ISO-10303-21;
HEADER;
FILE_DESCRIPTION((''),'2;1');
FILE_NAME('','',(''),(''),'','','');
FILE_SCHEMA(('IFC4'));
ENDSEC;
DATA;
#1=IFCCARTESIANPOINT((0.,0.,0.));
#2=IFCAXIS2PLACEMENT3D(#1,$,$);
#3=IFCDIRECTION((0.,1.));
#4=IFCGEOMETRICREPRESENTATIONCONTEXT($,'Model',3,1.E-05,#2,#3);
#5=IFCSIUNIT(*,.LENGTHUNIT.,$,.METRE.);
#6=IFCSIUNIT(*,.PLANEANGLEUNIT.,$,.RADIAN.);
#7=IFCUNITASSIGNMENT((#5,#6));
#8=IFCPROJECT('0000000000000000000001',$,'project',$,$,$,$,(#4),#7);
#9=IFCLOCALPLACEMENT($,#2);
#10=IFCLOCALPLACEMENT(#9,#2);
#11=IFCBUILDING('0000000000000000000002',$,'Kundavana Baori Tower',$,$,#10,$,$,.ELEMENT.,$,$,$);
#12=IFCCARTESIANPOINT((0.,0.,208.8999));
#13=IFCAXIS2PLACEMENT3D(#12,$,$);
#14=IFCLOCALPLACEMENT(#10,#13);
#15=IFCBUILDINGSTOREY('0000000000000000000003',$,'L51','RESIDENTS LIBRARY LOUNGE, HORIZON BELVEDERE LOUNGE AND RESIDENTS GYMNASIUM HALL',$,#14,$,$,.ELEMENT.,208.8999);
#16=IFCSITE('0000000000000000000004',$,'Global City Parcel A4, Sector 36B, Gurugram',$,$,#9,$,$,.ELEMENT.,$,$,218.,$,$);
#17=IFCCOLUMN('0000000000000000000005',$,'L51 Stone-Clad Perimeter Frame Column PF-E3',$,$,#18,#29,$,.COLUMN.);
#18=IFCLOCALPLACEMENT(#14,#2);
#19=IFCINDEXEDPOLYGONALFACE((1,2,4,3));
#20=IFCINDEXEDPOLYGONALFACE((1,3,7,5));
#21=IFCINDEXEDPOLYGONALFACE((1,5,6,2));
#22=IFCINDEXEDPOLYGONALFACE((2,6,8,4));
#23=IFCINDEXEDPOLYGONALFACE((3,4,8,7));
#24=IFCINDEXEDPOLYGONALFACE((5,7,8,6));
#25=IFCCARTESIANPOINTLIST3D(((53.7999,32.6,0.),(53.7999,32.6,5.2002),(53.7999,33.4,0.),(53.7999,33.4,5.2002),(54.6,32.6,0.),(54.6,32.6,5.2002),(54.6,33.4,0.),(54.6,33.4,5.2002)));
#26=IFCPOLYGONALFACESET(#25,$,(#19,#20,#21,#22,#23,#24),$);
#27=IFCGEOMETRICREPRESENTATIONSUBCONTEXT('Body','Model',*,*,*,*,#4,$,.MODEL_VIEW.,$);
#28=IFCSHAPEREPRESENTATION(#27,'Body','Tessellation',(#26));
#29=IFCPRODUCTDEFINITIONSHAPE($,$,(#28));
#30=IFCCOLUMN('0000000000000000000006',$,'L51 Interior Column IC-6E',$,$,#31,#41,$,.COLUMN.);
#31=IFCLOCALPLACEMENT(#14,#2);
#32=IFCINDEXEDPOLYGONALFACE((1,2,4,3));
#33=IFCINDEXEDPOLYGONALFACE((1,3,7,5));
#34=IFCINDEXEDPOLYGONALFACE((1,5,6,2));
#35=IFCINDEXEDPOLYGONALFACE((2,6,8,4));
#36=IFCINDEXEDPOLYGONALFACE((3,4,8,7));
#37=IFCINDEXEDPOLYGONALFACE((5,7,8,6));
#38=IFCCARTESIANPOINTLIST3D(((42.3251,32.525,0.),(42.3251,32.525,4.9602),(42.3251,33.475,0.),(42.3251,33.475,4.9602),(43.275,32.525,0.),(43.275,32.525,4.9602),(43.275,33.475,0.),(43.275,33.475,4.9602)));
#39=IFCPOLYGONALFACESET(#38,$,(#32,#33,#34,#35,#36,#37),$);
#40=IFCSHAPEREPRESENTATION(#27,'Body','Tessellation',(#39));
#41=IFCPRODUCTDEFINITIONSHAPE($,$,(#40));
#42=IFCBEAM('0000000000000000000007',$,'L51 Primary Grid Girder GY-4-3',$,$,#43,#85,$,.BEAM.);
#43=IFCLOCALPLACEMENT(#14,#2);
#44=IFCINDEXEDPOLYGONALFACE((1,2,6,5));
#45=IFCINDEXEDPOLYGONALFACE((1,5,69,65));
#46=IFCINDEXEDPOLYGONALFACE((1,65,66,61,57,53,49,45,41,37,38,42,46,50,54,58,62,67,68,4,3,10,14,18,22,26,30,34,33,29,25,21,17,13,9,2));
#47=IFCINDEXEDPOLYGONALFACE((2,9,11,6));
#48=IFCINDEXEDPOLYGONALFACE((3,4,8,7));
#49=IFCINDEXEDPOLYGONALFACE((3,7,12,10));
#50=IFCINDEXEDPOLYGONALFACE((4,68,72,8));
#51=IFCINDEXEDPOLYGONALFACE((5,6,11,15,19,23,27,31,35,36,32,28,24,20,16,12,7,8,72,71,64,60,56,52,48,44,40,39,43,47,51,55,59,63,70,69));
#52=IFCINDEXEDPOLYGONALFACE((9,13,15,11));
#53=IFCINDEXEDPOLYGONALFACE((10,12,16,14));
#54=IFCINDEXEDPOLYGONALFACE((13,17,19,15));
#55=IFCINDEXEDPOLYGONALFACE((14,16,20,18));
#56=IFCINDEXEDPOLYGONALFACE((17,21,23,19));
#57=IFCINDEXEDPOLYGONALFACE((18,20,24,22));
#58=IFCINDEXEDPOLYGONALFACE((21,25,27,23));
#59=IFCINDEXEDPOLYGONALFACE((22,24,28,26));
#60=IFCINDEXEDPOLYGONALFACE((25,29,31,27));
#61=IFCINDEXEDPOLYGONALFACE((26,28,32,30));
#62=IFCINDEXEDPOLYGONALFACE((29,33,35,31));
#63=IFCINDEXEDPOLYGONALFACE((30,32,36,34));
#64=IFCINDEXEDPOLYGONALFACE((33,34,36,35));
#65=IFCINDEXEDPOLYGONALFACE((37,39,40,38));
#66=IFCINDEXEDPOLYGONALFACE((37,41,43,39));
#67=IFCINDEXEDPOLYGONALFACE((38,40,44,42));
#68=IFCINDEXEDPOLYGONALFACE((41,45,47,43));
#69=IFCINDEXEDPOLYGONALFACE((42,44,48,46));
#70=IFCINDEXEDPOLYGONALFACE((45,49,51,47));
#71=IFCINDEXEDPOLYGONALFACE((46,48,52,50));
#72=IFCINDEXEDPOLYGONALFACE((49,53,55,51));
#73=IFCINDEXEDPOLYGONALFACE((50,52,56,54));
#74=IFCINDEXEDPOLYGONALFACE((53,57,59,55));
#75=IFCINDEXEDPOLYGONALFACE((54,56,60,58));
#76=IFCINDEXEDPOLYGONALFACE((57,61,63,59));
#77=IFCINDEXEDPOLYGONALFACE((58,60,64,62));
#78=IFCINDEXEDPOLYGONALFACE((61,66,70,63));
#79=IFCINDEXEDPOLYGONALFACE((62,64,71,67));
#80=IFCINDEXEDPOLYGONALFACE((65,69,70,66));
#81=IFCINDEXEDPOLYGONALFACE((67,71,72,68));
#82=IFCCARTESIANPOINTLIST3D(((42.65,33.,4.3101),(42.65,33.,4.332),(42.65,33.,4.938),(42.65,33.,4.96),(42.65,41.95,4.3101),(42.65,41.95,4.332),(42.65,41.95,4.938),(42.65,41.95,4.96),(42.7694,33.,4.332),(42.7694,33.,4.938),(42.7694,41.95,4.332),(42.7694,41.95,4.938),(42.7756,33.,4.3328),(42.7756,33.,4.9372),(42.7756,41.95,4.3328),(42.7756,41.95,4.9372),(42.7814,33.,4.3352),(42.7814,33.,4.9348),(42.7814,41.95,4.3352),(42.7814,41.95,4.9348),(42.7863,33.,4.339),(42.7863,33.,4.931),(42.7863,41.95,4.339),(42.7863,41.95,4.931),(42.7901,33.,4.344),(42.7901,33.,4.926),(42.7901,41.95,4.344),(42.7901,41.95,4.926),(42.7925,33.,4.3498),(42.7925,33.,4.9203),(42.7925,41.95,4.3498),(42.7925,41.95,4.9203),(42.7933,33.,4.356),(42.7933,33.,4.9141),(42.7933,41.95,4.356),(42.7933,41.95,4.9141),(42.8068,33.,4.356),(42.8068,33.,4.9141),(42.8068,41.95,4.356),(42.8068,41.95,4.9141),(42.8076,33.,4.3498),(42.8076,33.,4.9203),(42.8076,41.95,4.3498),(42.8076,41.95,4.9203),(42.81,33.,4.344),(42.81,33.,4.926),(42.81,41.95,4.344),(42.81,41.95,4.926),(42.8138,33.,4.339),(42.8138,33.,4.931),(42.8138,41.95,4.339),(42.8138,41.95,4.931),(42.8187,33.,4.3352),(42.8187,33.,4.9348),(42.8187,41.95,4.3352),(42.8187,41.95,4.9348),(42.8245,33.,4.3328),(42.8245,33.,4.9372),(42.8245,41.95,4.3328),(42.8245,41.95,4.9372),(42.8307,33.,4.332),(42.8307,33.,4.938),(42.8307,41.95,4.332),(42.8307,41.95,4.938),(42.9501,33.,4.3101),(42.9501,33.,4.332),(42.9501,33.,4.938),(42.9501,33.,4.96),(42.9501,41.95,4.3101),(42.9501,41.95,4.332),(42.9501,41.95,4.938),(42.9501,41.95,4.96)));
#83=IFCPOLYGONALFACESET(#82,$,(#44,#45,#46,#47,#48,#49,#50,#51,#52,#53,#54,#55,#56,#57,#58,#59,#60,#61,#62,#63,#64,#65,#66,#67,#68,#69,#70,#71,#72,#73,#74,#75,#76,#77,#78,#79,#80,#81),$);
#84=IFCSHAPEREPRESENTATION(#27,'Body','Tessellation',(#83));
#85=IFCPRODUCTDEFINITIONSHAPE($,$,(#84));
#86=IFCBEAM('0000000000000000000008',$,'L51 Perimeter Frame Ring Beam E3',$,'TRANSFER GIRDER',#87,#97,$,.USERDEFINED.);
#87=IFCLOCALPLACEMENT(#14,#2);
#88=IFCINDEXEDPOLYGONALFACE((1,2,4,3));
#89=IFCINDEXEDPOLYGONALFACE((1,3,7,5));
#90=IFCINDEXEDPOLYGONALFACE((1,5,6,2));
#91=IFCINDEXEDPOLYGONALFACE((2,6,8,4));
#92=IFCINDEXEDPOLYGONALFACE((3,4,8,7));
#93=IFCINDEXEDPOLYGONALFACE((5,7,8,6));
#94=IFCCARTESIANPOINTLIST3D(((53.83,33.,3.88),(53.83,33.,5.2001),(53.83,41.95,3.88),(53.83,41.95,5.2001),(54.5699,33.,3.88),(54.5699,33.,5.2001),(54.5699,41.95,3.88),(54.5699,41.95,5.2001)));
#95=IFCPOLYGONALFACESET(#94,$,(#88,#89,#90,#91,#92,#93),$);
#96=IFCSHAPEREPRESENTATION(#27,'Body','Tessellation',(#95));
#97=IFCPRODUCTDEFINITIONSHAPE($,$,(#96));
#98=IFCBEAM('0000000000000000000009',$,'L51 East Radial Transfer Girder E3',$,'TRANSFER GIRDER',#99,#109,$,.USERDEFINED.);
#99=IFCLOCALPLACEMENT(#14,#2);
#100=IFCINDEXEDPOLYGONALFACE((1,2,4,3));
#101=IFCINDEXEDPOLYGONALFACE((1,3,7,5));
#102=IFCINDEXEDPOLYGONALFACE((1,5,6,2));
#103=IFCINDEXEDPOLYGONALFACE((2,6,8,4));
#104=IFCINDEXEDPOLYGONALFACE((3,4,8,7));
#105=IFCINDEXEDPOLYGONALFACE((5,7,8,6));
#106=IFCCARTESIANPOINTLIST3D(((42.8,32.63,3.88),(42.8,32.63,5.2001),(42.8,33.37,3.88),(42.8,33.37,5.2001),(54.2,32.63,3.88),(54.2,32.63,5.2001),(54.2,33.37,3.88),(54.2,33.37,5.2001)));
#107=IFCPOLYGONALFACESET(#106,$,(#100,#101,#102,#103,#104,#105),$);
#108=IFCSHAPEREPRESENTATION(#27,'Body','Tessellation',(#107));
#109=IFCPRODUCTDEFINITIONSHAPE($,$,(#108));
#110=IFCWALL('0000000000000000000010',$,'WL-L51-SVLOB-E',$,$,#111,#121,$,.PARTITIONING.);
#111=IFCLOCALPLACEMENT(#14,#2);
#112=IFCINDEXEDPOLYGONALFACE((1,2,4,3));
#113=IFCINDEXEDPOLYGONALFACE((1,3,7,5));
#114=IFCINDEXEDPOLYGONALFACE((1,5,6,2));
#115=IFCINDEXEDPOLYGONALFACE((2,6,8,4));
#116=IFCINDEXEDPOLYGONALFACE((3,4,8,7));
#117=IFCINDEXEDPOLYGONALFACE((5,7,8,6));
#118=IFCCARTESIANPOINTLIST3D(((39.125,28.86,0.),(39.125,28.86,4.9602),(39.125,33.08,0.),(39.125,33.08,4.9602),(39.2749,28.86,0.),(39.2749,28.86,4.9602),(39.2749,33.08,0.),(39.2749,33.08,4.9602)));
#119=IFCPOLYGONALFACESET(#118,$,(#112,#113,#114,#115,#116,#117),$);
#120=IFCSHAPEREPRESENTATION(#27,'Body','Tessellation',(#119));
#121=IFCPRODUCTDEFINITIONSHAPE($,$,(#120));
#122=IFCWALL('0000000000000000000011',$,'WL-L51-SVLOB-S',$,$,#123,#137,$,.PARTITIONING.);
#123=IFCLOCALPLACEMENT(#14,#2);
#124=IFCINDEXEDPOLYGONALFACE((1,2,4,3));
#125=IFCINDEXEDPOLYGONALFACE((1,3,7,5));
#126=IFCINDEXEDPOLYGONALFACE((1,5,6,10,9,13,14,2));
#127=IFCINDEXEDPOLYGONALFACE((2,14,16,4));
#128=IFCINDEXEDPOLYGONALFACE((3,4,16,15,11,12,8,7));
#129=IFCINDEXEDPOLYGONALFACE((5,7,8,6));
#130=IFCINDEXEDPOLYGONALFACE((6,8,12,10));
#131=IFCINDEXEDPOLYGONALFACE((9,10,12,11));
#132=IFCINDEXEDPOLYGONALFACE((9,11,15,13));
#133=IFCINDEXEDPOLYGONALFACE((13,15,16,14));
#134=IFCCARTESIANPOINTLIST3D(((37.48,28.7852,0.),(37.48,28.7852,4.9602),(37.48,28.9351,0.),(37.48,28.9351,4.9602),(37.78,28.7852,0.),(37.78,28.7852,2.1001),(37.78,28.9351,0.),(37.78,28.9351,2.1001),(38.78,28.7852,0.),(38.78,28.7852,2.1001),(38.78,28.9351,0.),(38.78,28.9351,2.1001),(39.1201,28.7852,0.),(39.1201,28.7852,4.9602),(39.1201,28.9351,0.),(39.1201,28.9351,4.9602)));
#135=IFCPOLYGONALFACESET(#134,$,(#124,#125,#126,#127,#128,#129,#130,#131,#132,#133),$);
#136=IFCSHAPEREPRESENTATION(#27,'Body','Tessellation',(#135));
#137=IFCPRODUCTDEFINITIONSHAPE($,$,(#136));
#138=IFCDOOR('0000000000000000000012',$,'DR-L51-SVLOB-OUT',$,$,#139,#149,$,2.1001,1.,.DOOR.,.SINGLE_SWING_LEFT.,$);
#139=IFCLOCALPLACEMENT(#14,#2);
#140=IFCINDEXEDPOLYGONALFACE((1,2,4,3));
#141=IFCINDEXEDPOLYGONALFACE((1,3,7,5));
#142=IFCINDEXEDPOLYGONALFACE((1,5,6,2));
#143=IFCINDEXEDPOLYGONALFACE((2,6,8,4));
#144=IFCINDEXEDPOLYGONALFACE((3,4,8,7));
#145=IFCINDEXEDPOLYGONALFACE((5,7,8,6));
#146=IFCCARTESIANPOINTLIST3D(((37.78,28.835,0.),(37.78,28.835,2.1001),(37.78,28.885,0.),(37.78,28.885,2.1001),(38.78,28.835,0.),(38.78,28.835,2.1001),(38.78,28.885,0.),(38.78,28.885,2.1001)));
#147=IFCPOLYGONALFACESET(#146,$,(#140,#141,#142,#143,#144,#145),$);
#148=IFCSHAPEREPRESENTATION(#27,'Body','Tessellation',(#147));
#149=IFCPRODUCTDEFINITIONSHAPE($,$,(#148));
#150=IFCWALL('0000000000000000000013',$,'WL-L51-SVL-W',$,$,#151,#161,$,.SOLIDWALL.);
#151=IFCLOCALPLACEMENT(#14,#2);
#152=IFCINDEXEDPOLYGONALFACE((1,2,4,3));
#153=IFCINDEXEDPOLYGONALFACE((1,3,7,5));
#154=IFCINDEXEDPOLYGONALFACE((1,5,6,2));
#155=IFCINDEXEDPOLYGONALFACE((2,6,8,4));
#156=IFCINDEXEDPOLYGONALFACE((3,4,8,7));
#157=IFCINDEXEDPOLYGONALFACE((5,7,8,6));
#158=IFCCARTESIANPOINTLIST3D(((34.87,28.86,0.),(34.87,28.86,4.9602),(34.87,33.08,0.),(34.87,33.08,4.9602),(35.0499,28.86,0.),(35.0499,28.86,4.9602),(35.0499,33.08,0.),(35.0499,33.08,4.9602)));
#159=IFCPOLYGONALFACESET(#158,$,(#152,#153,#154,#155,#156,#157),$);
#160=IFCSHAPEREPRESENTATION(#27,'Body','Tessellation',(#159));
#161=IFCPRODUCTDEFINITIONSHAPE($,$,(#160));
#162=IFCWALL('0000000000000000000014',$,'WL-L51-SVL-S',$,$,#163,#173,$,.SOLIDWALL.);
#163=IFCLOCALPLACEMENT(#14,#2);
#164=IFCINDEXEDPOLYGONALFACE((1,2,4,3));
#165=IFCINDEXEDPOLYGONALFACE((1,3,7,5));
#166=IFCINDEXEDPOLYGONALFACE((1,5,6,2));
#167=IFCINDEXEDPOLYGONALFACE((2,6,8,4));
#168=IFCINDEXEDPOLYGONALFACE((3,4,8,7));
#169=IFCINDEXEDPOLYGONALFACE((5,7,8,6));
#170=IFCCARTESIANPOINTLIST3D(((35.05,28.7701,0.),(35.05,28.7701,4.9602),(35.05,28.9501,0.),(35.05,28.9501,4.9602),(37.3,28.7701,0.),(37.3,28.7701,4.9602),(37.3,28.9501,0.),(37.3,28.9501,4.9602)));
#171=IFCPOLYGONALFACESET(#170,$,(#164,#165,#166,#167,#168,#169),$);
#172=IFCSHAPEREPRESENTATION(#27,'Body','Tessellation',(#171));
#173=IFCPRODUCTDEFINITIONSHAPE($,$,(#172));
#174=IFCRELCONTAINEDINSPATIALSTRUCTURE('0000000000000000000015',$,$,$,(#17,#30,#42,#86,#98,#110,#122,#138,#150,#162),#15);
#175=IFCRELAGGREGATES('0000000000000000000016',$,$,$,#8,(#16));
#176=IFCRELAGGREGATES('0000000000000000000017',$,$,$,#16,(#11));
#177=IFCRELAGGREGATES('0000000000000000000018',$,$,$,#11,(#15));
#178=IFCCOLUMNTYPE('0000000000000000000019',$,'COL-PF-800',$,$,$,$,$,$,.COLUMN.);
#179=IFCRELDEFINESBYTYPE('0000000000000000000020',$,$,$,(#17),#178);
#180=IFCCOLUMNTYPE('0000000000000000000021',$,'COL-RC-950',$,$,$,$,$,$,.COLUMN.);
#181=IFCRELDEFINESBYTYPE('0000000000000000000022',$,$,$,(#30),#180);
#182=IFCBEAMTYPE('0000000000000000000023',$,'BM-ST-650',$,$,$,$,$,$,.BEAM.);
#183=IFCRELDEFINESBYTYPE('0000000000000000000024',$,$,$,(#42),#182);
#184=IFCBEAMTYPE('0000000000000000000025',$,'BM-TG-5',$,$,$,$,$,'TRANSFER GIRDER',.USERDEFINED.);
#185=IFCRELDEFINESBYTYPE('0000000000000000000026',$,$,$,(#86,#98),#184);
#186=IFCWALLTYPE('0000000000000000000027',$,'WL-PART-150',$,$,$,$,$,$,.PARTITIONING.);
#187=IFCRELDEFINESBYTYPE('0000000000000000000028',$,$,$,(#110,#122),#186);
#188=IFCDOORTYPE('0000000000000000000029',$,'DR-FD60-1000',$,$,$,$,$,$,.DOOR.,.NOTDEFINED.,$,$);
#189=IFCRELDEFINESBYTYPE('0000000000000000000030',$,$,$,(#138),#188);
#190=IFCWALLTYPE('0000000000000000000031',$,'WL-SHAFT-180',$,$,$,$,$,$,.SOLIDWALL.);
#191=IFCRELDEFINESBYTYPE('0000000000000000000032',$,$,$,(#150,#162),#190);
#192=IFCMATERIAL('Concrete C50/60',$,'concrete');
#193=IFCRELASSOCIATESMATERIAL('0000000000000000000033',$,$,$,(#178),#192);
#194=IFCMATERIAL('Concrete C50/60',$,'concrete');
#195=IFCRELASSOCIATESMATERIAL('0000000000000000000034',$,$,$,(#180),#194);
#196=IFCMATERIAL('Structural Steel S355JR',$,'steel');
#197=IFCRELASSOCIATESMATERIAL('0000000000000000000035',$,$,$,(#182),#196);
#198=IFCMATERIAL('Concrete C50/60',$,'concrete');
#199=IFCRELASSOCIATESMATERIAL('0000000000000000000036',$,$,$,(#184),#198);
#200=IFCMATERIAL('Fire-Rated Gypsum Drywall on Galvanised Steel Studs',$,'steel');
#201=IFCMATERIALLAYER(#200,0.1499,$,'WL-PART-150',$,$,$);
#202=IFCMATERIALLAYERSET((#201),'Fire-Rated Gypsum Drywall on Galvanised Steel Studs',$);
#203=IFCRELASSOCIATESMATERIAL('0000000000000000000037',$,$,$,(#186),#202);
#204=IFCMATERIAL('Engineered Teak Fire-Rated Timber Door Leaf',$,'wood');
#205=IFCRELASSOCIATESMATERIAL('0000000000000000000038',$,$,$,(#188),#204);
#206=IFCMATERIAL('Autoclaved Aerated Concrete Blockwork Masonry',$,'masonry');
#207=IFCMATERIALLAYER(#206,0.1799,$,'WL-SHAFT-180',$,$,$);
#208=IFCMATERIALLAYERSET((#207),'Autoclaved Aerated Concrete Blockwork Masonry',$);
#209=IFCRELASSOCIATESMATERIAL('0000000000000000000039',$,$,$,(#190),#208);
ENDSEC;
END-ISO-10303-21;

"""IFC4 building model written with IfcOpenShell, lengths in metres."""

from ifc_helpers import new_model, si_unit, direction, frame, frame_2d, origin, origin_2d, place, context, subcontext, project, spatial, rectangle, i_section, extrude, material, layer, layer_set, material_profile, profile_set, type_object, element, fill, save


model = new_model("IFC4")

# Units and contexts
model_context = context("Model", 3, precision=1e-05, world=origin(), true_north=direction((0.0, 1.0)))
body_context = subcontext(model_context, "Body", "Model", "MODEL_VIEW")
ifc_project = project(units=[si_unit("LENGTHUNIT", "METRE"), si_unit("PLANEANGLEUNIT", "RADIAN")], contexts=[model_context])

# Site, building, storey
site_placement = place(None, origin())
site = spatial("IfcSite", under=ifc_project, at=site_placement, Name="Global City Parcel A4, Sector 36B, Gurugram", CompositionType="ELEMENT", RefElevation=218.0)
building_placement = place(site_placement, origin())
building = spatial("IfcBuilding", under=site, at=building_placement, Name="Kundavana Baori Tower", CompositionType="ELEMENT")
storey_placement = place(building_placement, frame((0.0, 0.0, 208.8999)))
storey = spatial("IfcBuildingStorey", under=building, at=storey_placement, Name="L51", Description="RESIDENTS LIBRARY LOUNGE, HORIZON BELVEDERE LOUNGE AND RESIDENTS GYMNASIUM HALL", CompositionType="ELEMENT", Elevation=208.8999)

# Columns
ifc_material_1 = material(Name="Concrete C50/60", Category="concrete")
ifc_material_profile_1 = material_profile(ifc_material_1, rectangle(XDim=0.8, YDim=0.8, at=origin_2d()), Name="RC PF 800x800")
ifc_profile_set_1 = profile_set([ifc_material_profile_1], Name="Concrete C50/60")
column_type_1 = type_object("IfcColumnType", Name="COL-PF-800", PredefinedType="COLUMN", material=ifc_profile_set_1)
column_1_placement = place(storey_placement, frame((54.2, 33.0, 0.0), z_axis=(0.0, 0.0, 1.0), x_axis=(1.0, 0.0, 0.0)))
element("IfcColumn", 1, at=column_1_placement, inside=storey, type_object=column_type_1, Name="L51 Stone-Clad Perimeter Frame Column PF-E3", PredefinedType="COLUMN", context=body_context, shape_type="SweptSolid", body=[
    extrude(rectangle(XDim=0.8, YDim=0.8, at=origin_2d()), origin(), (0.0, 0.0, 1.0), 5.2002),
])
ifc_material_2 = material(Name="Concrete C50/60", Category="concrete")
ifc_material_profile_2 = material_profile(ifc_material_2, rectangle(XDim=0.95, YDim=0.95, at=origin_2d()), Name="RC 950x950")
ifc_profile_set_2 = profile_set([ifc_material_profile_2], Name="Concrete C50/60")
column_type_2 = type_object("IfcColumnType", Name="COL-RC-950", PredefinedType="COLUMN", material=ifc_profile_set_2)
column_2_placement = place(storey_placement, frame((42.8, 33.0, 0.0), z_axis=(0.0, 0.0, 1.0), x_axis=(1.0, 0.0, 0.0)))
element("IfcColumn", 2, at=column_2_placement, inside=storey, type_object=column_type_2, Name="L51 Interior Column IC-6E", PredefinedType="COLUMN", context=body_context, shape_type="SweptSolid", body=[
    extrude(rectangle(XDim=0.95, YDim=0.95, at=origin_2d()), origin(), (0.0, 0.0, 1.0), 4.9602),
])

# Beams
ifc_material_3 = material(Name="Structural Steel S355JR", Category="steel")
ifc_material_profile_3 = material_profile(ifc_material_3, i_section(OverallWidth=0.3, OverallDepth=0.6499, WebThickness=0.0134, FlangeThickness=0.022, FilletRadius=0.0239, at=origin_2d()), Name="NPB 650x300x155")
ifc_profile_set_3 = profile_set([ifc_material_profile_3], Name="Structural Steel S355JR")
beam_type_1 = type_object("IfcBeamType", Name="BM-ST-650", PredefinedType="BEAM", material=ifc_profile_set_3)
beam_1_placement = place(storey_placement, frame((42.8, 33.0, 4.635), z_axis=(0.0, 1.0, 0.0), x_axis=(-1.0, 0.0, 0.0)))
element("IfcBeam", 3, at=beam_1_placement, inside=storey, type_object=beam_type_1, Name="L51 Primary Grid Girder GY-4-3", PredefinedType="BEAM", context=body_context, shape_type="SweptSolid", body=[
    extrude(i_section(OverallWidth=0.3, OverallDepth=0.6499, WebThickness=0.0134, FlangeThickness=0.022, FilletRadius=0.0239, at=origin_2d()), origin(), (0.0, 0.0, 1.0), 8.95),
])
ifc_material_4 = material(Name="Concrete C50/60", Category="concrete")
ifc_material_profile_4 = material_profile(ifc_material_4, rectangle(XDim=0.74, YDim=1.3201, at=origin_2d()), Name="BM-TG-5")
ifc_profile_set_4 = profile_set([ifc_material_profile_4], Name="Concrete C50/60")
beam_type_2 = type_object("IfcBeamType", Name="BM-TG-5", ElementType="TRANSFER GIRDER", PredefinedType="USERDEFINED", material=ifc_profile_set_4)
beam_2_placement = place(storey_placement, frame((54.2, 33.0, 4.54), z_axis=(0.0, 1.0, 0.0), x_axis=(-1.0, 0.0, 0.0)))
element("IfcBeam", 4, at=beam_2_placement, inside=storey, type_object=beam_type_2, Name="L51 Perimeter Frame Ring Beam E3", ObjectType="TRANSFER GIRDER", PredefinedType="USERDEFINED", context=body_context, shape_type="SweptSolid", body=[
    extrude(rectangle(XDim=0.74, YDim=1.3201, at=origin_2d()), origin(), (0.0, 0.0, 1.0), 8.95),
])
beam_3_placement = place(storey_placement, frame((42.8, 33.0, 4.54), z_axis=(1.0, 0.0, 0.0), x_axis=(0.0, 1.0, 0.0)))
element("IfcBeam", 5, at=beam_3_placement, inside=storey, type_object=beam_type_2, Name="L51 East Radial Transfer Girder E3", ObjectType="TRANSFER GIRDER", PredefinedType="USERDEFINED", context=body_context, shape_type="SweptSolid", body=[
    extrude(rectangle(XDim=0.74, YDim=1.3201, at=origin_2d()), origin(), (0.0, 0.0, 1.0), 11.3999),
])

# Wall
ifc_material_5 = material(Name="Fire-Rated Gypsum Drywall on Galvanised Steel Studs", Category="steel")
ifc_layer_1 = layer(ifc_material_5, 0.1499, Name="WL-PART-150")
ifc_layer_set_1 = layer_set([ifc_layer_1], Name="Fire-Rated Gypsum Drywall on Galvanised Steel Studs")
wall_type_1 = type_object("IfcWallType", Name="WL-PART-150", PredefinedType="PARTITIONING", material=ifc_layer_set_1)
wall_1_placement = place(storey_placement, frame((39.2, 28.8601, 0.0), z_axis=(0.0, 0.0, 1.0), x_axis=(0.0, 1.0, 0.0)))
element("IfcWall", 6, at=wall_1_placement, inside=storey, type_object=wall_type_1, Name="WL-L51-SVLOB-E", PredefinedType="PARTITIONING", context=body_context, shape_type="SweptSolid", body=[
    extrude(rectangle(XDim=4.22, YDim=0.1499, at=frame_2d((2.1099, 0.0))), origin(), (0.0, 0.0, 1.0), 4.9602),
])

# Wall, opening, door
wall_2_placement = place(storey_placement, frame((37.48, 28.8601, 0.0), z_axis=(0.0, 0.0, 1.0), x_axis=(1.0, 0.0, 0.0)))
wall_2 = element("IfcWall", 7, at=wall_2_placement, inside=storey, type_object=wall_type_1, Name="WL-L51-SVLOB-S", PredefinedType="PARTITIONING", context=body_context, shape_type="SweptSolid", body=[
    extrude(rectangle(XDim=1.6401, YDim=0.1499, at=frame_2d((0.8201, 0.0))), origin(), (0.0, 0.0, 1.0), 4.9602),
])
opening_1_placement = place(wall_2_placement, frame((0.3, 0.0, 0.0)))
opening_1 = element("IfcOpeningElement", 8, at=opening_1_placement, cuts=wall_2, PredefinedType="OPENING", context=body_context, shape_type="SweptSolid", body=[
    extrude(rectangle(XDim=1.0, YDim=2.1001, at=frame_2d((0.5, 1.05))), frame((0.0, 0.085, 0.0), z_axis=(0.0, -1.0, 0.0), x_axis=(1.0, 0.0, 0.0)), (0.0, 0.0, 1.0), 0.1699),
])
ifc_material_6 = material(Name="Engineered Teak Fire-Rated Timber Door Leaf", Category="wood")
door_type_1 = type_object("IfcDoorType", Name="DR-FD60-1000", OperationType="NOTDEFINED", PredefinedType="DOOR", material=ifc_material_6)
door_1_placement = place(opening_1_placement, origin())
door_1 = element("IfcDoor", 9, at=door_1_placement, inside=storey, type_object=door_type_1, Name="DR-L51-SVLOB-OUT", OperationType="SINGLE_SWING_LEFT", OverallHeight=2.1001, OverallWidth=1.0, PredefinedType="DOOR", context=body_context, shape_type="SweptSolid", body=[
    extrude(rectangle(XDim=1.0, YDim=2.1001, at=frame_2d((0.5, 1.05))), frame((0.0, 0.0249, 0.0), z_axis=(0.0, -1.0, 0.0), x_axis=(1.0, 0.0, 0.0)), (0.0, 0.0, 1.0), 0.05),
])
fill(opening_1, door_1)

# Wall
ifc_material_7 = material(Name="Autoclaved Aerated Concrete Blockwork Masonry", Category="masonry")
ifc_layer_2 = layer(ifc_material_7, 0.1799, Name="WL-SHAFT-180")
ifc_layer_set_2 = layer_set([ifc_layer_2], Name="Autoclaved Aerated Concrete Blockwork Masonry")
wall_type_2 = type_object("IfcWallType", Name="WL-SHAFT-180", PredefinedType="SOLIDWALL", material=ifc_layer_set_2)
wall_3_placement = place(storey_placement, frame((34.96, 28.8601, 0.0), z_axis=(0.0, 0.0, 1.0), x_axis=(0.0, 1.0, 0.0)))
element("IfcWall", 10, at=wall_3_placement, inside=storey, type_object=wall_type_2, Name="WL-L51-SVL-W", PredefinedType="SOLIDWALL", context=body_context, shape_type="SweptSolid", body=[
    extrude(rectangle(XDim=4.22, YDim=0.1799, at=frame_2d((2.1099, 0.0))), origin(), (0.0, 0.0, 1.0), 4.9602),
])

# Wall
for number, where, z_axis, x_axis, name in (
    (11, (35.05, 28.8601, 0.0), (0.0, 0.0, 1.0), (1.0, 0.0, 0.0), "WL-L51-SVL-S"),
):
    element("IfcWall", number, at=place(storey_placement, frame(where, z_axis=z_axis, x_axis=x_axis)), inside=storey, type_object=wall_type_2, Name=name, PredefinedType="SOLIDWALL", context=body_context, shape_type="SweptSolid", body=[
        extrude(rectangle(XDim=2.25, YDim=0.1799, at=frame_2d((1.125, 0.0))), origin(), (0.0, 0.0, 1.0), 4.9602),
    ])

save(model, "model.ifc")
